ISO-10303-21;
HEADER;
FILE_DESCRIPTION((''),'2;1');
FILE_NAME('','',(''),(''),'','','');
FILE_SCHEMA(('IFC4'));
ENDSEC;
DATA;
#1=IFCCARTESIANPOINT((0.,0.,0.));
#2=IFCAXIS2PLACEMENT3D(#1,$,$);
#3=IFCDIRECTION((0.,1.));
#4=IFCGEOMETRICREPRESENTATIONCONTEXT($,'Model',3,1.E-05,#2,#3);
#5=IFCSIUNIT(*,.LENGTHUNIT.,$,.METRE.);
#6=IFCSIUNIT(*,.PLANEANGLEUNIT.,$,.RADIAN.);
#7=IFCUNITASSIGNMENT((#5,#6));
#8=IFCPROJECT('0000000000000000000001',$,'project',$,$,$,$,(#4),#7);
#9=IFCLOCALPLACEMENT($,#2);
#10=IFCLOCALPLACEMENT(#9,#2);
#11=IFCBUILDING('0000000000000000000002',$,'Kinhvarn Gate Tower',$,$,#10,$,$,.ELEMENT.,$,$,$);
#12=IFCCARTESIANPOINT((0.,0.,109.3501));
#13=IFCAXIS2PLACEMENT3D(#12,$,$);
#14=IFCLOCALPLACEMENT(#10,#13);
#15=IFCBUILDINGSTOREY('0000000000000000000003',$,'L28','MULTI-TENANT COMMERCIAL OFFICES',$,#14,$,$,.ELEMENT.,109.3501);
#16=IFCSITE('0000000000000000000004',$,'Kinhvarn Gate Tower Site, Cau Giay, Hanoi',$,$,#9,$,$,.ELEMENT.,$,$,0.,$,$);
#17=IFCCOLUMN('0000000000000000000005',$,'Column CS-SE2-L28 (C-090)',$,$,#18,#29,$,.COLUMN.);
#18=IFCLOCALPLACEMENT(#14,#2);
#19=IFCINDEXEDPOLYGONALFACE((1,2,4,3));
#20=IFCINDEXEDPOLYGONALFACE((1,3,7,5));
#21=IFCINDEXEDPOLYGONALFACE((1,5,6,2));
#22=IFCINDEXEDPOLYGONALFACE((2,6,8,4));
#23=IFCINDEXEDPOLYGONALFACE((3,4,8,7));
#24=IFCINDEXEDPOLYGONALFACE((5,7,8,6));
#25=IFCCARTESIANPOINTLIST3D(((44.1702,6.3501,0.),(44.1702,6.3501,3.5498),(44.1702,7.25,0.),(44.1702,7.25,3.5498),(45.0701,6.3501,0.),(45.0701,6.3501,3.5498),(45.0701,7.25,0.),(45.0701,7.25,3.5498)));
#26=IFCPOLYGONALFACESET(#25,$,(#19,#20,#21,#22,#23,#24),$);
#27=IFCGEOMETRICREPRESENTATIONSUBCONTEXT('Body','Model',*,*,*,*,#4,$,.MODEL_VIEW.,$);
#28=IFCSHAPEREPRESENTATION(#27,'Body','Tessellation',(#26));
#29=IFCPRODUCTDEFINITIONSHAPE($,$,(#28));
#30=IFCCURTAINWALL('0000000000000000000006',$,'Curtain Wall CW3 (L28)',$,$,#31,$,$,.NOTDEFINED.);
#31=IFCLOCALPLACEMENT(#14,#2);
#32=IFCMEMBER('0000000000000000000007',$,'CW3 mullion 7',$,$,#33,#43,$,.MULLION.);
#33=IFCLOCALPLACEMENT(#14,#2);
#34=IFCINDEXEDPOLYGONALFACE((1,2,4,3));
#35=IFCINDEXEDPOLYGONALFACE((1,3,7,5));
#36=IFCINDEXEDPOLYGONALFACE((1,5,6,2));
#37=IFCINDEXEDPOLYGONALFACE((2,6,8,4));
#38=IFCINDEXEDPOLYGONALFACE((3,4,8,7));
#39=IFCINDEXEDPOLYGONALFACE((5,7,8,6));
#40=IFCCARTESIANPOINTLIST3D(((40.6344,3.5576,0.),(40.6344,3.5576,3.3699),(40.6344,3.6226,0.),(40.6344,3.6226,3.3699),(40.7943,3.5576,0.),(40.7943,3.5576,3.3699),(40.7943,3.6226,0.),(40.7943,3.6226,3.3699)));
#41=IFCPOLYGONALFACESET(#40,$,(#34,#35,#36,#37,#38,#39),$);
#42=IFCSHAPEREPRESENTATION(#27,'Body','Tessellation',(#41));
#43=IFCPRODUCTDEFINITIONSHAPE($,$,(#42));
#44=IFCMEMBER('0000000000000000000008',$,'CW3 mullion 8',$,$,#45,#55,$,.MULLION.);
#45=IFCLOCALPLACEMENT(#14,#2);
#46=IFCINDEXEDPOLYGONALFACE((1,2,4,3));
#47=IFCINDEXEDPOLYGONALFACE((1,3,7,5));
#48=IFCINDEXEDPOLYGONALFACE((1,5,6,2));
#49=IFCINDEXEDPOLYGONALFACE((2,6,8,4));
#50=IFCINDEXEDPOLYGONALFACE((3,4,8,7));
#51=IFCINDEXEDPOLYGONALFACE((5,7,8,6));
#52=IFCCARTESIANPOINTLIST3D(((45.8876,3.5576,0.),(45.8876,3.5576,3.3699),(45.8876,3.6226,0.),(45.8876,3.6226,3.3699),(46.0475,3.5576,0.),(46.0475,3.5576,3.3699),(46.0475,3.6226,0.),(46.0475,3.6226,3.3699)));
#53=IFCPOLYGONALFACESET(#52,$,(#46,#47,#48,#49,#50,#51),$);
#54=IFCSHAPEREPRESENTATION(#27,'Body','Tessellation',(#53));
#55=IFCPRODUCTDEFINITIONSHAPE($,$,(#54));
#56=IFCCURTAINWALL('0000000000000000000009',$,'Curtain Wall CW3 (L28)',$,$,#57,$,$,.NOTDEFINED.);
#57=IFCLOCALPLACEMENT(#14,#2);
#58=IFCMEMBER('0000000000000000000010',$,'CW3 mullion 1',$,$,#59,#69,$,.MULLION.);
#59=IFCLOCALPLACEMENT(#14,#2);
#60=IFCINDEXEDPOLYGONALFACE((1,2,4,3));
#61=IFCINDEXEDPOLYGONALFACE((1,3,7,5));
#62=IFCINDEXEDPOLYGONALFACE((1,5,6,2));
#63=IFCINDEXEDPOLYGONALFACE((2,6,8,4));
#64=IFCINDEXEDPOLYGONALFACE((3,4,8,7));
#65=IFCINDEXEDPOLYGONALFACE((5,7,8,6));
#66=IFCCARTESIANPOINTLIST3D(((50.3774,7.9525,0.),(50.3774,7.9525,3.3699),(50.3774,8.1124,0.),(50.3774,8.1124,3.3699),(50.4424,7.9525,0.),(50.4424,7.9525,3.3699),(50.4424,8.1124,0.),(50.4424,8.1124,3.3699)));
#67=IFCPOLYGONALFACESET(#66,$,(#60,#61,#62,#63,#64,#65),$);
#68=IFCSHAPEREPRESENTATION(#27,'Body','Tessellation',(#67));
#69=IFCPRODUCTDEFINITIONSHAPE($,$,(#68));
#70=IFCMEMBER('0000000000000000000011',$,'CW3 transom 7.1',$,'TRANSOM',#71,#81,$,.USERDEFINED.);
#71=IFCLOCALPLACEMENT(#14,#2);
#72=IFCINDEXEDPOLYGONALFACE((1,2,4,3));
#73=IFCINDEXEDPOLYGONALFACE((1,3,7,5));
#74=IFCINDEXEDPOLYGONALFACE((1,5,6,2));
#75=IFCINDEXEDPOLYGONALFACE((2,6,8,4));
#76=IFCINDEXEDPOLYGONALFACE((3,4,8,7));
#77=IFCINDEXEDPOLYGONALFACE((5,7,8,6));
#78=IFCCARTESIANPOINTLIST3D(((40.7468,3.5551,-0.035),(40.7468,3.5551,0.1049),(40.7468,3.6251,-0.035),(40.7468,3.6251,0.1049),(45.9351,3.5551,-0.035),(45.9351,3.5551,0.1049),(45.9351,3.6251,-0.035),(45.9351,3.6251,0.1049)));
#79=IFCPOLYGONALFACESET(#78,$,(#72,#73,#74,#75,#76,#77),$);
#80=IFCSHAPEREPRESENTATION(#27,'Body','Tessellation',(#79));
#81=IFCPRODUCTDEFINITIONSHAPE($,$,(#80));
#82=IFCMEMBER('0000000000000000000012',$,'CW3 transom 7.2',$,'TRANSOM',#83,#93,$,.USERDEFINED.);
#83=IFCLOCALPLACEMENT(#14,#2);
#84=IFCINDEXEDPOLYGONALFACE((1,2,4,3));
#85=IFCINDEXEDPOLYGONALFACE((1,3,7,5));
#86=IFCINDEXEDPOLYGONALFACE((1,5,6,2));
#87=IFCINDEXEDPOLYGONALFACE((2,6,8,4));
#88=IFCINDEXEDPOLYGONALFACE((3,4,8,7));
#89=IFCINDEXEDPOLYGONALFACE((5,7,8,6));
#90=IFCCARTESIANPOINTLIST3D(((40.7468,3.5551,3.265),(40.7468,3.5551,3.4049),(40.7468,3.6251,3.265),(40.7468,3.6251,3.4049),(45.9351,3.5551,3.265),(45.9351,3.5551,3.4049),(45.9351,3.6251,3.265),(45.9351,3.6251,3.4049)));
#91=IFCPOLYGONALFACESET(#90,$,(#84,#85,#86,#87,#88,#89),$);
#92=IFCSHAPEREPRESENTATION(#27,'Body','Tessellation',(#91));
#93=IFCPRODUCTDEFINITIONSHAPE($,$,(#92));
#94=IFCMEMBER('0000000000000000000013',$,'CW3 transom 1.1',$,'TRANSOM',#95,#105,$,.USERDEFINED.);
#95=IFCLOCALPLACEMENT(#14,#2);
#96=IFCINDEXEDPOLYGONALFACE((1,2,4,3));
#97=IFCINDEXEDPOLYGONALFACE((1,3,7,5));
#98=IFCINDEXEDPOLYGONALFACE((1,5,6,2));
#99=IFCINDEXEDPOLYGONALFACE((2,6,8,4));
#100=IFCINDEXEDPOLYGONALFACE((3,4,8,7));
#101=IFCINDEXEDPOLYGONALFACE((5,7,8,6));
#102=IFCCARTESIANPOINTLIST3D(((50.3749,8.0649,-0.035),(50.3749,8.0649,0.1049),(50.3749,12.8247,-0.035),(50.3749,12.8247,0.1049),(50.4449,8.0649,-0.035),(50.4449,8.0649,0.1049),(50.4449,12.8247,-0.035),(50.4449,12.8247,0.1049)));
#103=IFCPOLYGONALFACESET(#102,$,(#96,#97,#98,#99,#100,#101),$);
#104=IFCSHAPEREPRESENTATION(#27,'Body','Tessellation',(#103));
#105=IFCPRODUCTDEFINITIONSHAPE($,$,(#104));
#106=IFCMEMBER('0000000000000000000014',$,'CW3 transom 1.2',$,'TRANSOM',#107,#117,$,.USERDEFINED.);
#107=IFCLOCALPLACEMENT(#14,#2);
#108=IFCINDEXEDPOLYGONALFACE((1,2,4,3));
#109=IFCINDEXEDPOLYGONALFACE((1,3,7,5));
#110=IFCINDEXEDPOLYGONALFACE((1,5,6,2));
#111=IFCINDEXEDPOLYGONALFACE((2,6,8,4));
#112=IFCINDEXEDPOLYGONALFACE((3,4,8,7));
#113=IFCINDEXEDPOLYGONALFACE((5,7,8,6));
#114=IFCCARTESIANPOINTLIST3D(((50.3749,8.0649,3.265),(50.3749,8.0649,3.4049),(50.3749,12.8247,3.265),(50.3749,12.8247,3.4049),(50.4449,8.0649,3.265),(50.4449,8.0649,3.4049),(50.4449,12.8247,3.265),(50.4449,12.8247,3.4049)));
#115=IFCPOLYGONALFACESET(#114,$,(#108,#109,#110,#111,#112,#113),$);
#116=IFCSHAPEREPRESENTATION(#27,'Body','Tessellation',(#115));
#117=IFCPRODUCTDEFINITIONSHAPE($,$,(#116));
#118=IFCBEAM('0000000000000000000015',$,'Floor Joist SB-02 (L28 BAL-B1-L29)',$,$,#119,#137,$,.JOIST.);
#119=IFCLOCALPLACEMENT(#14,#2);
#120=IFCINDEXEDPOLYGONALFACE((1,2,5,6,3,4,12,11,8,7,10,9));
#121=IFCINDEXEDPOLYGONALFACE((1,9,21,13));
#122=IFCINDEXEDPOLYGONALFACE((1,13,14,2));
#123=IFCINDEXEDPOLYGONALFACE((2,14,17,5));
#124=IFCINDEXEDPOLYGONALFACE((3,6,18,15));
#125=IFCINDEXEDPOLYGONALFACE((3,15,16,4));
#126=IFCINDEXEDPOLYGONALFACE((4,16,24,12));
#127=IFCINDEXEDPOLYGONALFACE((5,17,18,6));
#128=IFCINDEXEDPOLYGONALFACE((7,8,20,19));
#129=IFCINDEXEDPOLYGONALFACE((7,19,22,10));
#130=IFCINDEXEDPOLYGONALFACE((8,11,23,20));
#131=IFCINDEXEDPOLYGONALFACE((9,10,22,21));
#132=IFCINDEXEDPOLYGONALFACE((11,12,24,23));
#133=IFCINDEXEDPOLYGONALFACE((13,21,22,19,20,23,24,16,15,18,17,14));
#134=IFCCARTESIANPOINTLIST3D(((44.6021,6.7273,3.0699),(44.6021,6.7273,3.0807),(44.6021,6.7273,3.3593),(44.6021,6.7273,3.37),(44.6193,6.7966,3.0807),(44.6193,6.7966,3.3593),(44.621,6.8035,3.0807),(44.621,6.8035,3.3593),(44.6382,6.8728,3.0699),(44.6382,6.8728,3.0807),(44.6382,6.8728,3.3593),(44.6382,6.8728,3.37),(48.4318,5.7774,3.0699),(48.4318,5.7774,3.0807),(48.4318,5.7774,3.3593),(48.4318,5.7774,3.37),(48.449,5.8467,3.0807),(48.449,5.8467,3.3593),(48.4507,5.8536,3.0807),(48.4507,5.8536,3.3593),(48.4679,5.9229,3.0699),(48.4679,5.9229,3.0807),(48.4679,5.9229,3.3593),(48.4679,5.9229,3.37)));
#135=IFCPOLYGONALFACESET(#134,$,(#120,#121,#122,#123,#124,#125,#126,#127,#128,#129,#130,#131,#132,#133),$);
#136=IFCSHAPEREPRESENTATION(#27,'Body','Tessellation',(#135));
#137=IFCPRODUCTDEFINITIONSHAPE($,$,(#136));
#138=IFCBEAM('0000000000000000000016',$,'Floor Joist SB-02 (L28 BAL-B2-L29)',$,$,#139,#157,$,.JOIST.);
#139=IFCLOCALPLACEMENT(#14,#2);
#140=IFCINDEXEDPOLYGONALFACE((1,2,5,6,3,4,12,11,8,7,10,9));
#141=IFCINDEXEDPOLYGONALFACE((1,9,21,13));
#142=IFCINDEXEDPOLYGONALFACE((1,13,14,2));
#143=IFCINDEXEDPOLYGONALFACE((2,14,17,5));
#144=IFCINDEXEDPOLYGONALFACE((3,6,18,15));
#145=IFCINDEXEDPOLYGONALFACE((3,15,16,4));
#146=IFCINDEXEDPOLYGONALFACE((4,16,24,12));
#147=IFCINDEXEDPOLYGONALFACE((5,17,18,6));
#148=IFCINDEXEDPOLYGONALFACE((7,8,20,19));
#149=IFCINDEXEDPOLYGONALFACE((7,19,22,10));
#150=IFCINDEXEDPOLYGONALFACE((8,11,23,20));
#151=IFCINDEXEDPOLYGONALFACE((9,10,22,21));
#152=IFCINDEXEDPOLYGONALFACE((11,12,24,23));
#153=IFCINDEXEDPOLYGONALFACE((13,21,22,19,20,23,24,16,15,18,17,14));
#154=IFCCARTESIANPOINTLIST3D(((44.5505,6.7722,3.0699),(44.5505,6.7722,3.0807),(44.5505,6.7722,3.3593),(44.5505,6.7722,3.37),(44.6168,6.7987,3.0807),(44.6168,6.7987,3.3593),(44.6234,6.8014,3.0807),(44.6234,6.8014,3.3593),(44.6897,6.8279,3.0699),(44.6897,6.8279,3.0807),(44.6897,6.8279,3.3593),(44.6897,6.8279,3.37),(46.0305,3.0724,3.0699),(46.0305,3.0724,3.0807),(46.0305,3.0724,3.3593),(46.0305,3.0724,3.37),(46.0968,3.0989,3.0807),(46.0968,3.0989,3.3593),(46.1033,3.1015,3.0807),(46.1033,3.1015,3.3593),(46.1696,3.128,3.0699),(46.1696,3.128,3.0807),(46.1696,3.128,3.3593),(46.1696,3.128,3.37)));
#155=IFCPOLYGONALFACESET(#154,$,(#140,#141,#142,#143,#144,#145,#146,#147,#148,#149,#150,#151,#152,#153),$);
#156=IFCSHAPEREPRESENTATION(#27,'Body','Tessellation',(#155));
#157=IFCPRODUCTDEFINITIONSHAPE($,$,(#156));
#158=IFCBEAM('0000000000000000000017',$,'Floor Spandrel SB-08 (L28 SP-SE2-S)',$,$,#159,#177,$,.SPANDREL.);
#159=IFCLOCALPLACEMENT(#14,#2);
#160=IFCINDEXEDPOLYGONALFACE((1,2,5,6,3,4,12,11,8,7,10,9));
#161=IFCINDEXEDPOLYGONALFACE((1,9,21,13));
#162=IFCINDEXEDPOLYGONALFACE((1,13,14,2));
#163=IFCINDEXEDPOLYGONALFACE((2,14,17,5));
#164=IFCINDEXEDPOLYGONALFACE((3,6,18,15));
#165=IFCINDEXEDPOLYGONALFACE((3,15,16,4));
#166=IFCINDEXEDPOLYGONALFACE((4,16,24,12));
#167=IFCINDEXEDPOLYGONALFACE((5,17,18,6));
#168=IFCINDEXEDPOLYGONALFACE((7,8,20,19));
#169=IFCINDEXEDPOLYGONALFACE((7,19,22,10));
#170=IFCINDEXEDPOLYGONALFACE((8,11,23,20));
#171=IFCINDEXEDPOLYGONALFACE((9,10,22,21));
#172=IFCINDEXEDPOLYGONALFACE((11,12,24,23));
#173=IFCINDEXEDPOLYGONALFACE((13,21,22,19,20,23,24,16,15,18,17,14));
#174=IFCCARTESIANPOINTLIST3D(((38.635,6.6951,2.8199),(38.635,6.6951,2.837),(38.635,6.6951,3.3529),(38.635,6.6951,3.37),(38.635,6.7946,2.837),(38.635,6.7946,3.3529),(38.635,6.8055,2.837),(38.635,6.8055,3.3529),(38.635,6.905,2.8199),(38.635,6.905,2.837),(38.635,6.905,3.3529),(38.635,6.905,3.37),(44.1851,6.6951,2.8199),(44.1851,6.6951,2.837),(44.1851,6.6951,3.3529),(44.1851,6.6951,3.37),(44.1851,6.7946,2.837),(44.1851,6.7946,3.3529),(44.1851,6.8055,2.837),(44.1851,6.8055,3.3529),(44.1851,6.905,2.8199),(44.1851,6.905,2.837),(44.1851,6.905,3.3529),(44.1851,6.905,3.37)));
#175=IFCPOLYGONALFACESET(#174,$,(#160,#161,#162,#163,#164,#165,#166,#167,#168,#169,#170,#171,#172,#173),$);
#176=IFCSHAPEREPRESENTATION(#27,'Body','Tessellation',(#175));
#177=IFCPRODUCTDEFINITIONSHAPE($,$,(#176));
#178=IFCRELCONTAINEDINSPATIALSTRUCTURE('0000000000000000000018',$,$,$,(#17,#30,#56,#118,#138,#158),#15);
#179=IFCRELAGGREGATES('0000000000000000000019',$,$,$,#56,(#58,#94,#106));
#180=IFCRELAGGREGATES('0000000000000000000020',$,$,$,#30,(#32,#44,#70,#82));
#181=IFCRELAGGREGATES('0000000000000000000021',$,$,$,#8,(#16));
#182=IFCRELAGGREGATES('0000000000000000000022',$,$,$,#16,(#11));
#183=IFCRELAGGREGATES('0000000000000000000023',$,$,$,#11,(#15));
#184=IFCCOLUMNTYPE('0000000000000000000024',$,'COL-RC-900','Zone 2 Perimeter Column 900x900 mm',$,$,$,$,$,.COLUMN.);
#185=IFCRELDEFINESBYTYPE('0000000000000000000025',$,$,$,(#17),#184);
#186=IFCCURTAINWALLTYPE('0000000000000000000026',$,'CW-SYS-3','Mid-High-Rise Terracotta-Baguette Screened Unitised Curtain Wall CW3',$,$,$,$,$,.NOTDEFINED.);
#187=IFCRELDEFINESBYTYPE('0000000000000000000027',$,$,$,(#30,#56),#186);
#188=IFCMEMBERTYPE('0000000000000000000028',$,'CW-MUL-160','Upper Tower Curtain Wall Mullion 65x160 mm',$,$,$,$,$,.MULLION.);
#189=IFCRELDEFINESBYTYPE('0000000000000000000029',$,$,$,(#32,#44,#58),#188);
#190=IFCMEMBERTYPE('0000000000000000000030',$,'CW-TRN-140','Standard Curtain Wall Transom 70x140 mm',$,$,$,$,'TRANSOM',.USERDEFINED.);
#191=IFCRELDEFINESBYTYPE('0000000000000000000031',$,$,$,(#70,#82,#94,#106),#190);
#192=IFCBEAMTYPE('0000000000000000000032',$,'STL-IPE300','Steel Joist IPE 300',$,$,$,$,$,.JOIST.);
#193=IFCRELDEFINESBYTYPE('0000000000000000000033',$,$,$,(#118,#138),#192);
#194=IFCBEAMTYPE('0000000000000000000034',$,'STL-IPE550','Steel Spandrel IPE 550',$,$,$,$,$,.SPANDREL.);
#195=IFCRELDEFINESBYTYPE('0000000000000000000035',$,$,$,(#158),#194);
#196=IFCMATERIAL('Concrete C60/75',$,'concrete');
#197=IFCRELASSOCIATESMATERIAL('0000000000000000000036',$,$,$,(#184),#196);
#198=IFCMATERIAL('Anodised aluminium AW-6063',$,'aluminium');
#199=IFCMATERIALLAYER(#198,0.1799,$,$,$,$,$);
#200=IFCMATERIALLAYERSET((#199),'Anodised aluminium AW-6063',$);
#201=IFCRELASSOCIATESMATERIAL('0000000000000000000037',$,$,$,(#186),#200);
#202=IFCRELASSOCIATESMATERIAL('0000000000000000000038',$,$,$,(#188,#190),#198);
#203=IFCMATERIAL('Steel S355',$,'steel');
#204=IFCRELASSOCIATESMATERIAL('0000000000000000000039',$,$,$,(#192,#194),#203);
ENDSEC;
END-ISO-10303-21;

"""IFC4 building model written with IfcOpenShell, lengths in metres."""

from ifc_helpers import new_model, si_unit, direction, frame, origin, origin_2d, place, context, subcontext, project, spatial, rectangle, i_section, extrude, material, layer, layer_set, material_profile, profile_set, type_object, element, aggregate, save


model = new_model("IFC4")

# Units and contexts
model_context = context("Model", 3, precision=1e-05, world=origin(), true_north=direction((0.0, 1.0)))
body_context = subcontext(model_context, "Body", "Model", "MODEL_VIEW")
ifc_project = project(units=[si_unit("LENGTHUNIT", "METRE"), si_unit("PLANEANGLEUNIT", "RADIAN")], contexts=[model_context])

# Site, building, storey
site_placement = place(None, origin())
site = spatial("IfcSite", under=ifc_project, at=site_placement, Name="Kinhvarn Gate Tower Site, Cau Giay, Hanoi", CompositionType="ELEMENT", RefElevation=0.0)
building_placement = place(site_placement, origin())
building = spatial("IfcBuilding", under=site, at=building_placement, Name="Kinhvarn Gate Tower", CompositionType="ELEMENT")
storey_placement = place(building_placement, frame((0.0, 0.0, 109.3501)))
storey = spatial("IfcBuildingStorey", under=building, at=storey_placement, Name="L28", Description="MULTI-TENANT COMMERCIAL OFFICES", CompositionType="ELEMENT", Elevation=109.3501)

# Column
ifc_material_1 = material(Name="Concrete C60/75", Category="concrete")
ifc_material_profile_1 = material_profile(ifc_material_1, rectangle(XDim=0.8999, YDim=0.8999, at=origin_2d()), Name="RC 900x900")
ifc_profile_set_1 = profile_set([ifc_material_profile_1], Name="Concrete C60/75")
column_type = type_object("IfcColumnType", Name="COL-RC-900", Description="Zone 2 Perimeter Column 900x900 mm", PredefinedType="COLUMN", material=ifc_profile_set_1)
column_placement = place(storey_placement, frame((44.6201, 6.8, 0.0), z_axis=(0.0, 0.0, 1.0), x_axis=(1.0, 0.0, 0.0)))
element("IfcColumn", 1, at=column_placement, inside=storey, type_object=column_type, Name="Column CS-SE2-L28 (C-090)", PredefinedType="COLUMN", context=body_context, shape_type="SweptSolid", body=[
    extrude(rectangle(XDim=0.8999, YDim=0.8999, at=origin_2d()), origin(), (0.0, 0.0, 1.0), 3.5498),
])

# Curtain wall, members
ifc_material_2 = material(Name="Anodised aluminium AW-6063", Category="aluminium")
ifc_layer_1 = layer(ifc_material_2, 0.1799)
ifc_layer_set_1 = layer_set([ifc_layer_1], Name="Anodised aluminium AW-6063")
curtain_wall_type = type_object("IfcCurtainWallType", Name="CW-SYS-3", Description="Mid-High-Rise Terracotta-Baguette Screened Unitised Curtain Wall CW3", PredefinedType="NOTDEFINED", material=ifc_layer_set_1)
curtain_wall_1_placement = place(storey_placement, origin())
curtain_wall_1 = element("IfcCurtainWall", 2, at=curtain_wall_1_placement, inside=storey, type_object=curtain_wall_type, Name="Curtain Wall CW3 (L28)", PredefinedType="NOTDEFINED")
ifc_material_profile_2 = material_profile(ifc_material_2, rectangle(XDim=0.0649, YDim=0.1599, at=origin_2d()), Name="ALU 65x160")
ifc_profile_set_2 = profile_set([ifc_material_profile_2], Name="Anodised aluminium AW-6063")
member_type_1 = type_object("IfcMemberType", Name="CW-MUL-160", Description="Upper Tower Curtain Wall Mullion 65x160 mm", PredefinedType="MULLION", material=ifc_profile_set_2)
member_1_placement = place(storey_placement, frame((40.7144, 3.5901, 0.0), z_axis=(0.0, 0.0, 1.0), x_axis=(0.0, 1.0, 0.0)))
member_1 = element("IfcMember", 3, at=member_1_placement, type_object=member_type_1, Name="CW3 mullion 7", PredefinedType="MULLION", context=body_context, shape_type="SweptSolid", body=[
    extrude(rectangle(XDim=0.0649, YDim=0.1599, at=origin_2d()), origin(), (0.0, 0.0, 1.0), 3.3699),
])
member_2_placement = place(storey_placement, frame((45.9675, 3.5901, 0.0), z_axis=(0.0, 0.0, 1.0), x_axis=(0.0, 1.0, 0.0)))
member_2 = element("IfcMember", 4, at=member_2_placement, type_object=member_type_1, Name="CW3 mullion 8", PredefinedType="MULLION", context=body_context, shape_type="SweptSolid", body=[
    extrude(rectangle(XDim=0.0649, YDim=0.1599, at=origin_2d()), origin(), (0.0, 0.0, 1.0), 3.3699),
])

# Curtain wall, member
curtain_wall_2_placement = place(storey_placement, origin())
curtain_wall_2 = element("IfcCurtainWall", 5, at=curtain_wall_2_placement, inside=storey, type_object=curtain_wall_type, Name="Curtain Wall CW3 (L28)", PredefinedType="NOTDEFINED")
member_3_placement = place(storey_placement, frame((50.4099, 8.0325, 0.0), z_axis=(0.0, 0.0, 1.0), x_axis=(-1.0, 0.0, 0.0)))
member_3 = element("IfcMember", 6, at=member_3_placement, type_object=member_type_1, Name="CW3 mullion 1", PredefinedType="MULLION", context=body_context, shape_type="SweptSolid", body=[
    extrude(rectangle(XDim=0.0649, YDim=0.1599, at=origin_2d()), origin(), (0.0, 0.0, 1.0), 3.3699),
])

# Members
ifc_material_profile_3 = material_profile(ifc_material_2, rectangle(XDim=0.0701, YDim=0.1399, at=origin_2d()), Name="ALU 70x140")
ifc_profile_set_3 = profile_set([ifc_material_profile_3], Name="Anodised aluminium AW-6063")
member_type_2 = type_object("IfcMemberType", Name="CW-TRN-140", Description="Standard Curtain Wall Transom 70x140 mm", ElementType="TRANSOM", PredefinedType="USERDEFINED", material=ifc_profile_set_3)
member_4_placement = place(storey_placement, frame((40.7468, 3.5901, 0.0349), z_axis=(1.0, 0.0, 0.0), x_axis=(0.0, 1.0, 0.0)))
member_4 = element("IfcMember", 7, at=member_4_placement, type_object=member_type_2, Name="CW3 transom 7.1", ObjectType="TRANSOM", PredefinedType="USERDEFINED", context=body_context, shape_type="SweptSolid", body=[
    extrude(rectangle(XDim=0.0701, YDim=0.1399, at=origin_2d()), origin(), (0.0, 0.0, 1.0), 5.1882),
])
member_5_placement = place(storey_placement, frame((40.7468, 3.5901, 3.335), z_axis=(1.0, 0.0, 0.0), x_axis=(0.0, 1.0, 0.0)))
member_5 = element("IfcMember", 8, at=member_5_placement, type_object=member_type_2, Name="CW3 transom 7.2", ObjectType="TRANSOM", PredefinedType="USERDEFINED", context=body_context, shape_type="SweptSolid", body=[
    extrude(rectangle(XDim=0.0701, YDim=0.1399, at=origin_2d()), origin(), (0.0, 0.0, 1.0), 5.1882),
])
member_6_placement = place(storey_placement, frame((50.4099, 8.0649, 0.0349), z_axis=(0.0, 1.0, 0.0), x_axis=(-1.0, 0.0, 0.0)))
member_6 = element("IfcMember", 9, at=member_6_placement, type_object=member_type_2, Name="CW3 transom 1.1", ObjectType="TRANSOM", PredefinedType="USERDEFINED", context=body_context, shape_type="SweptSolid", body=[
    extrude(rectangle(XDim=0.0701, YDim=0.1399, at=origin_2d()), origin(), (0.0, 0.0, 1.0), 4.7598),
])
member_7_placement = place(storey_placement, frame((50.4099, 8.0649, 3.335), z_axis=(0.0, 1.0, 0.0), x_axis=(-1.0, 0.0, 0.0)))
member_7 = element("IfcMember", 10, at=member_7_placement, type_object=member_type_2, Name="CW3 transom 1.2", ObjectType="TRANSOM", PredefinedType="USERDEFINED", context=body_context, shape_type="SweptSolid", body=[
    extrude(rectangle(XDim=0.0701, YDim=0.1399, at=origin_2d()), origin(), (0.0, 0.0, 1.0), 4.7598),
])
aggregate(curtain_wall_2, [member_3, member_6, member_7])

# Beams
ifc_material_3 = material(Name="Steel S355", Category="steel")
ifc_material_profile_4 = material_profile(ifc_material_3, i_section(OverallWidth=0.1499, OverallDepth=0.3, WebThickness=0.0071, FlangeThickness=0.0107, at=origin_2d()), Name="IPE 300")
ifc_profile_set_4 = profile_set([ifc_material_profile_4], Name="Steel S355")
beam_type_1 = type_object("IfcBeamType", Name="STL-IPE300", Description="Steel Joist IPE 300", PredefinedType="JOIST", material=ifc_profile_set_4)
beam_1_placement = place(storey_placement, frame((44.6201, 6.8, 3.22), z_axis=(0.970589, -0.240745, 0.0), x_axis=(0.240745, 0.970589, 0.0)))
element("IfcBeam", 11, at=beam_1_placement, inside=storey, type_object=beam_type_1, Name="Floor Joist SB-02 (L28 BAL-B1-L29)", PredefinedType="JOIST", context=body_context, shape_type="SweptSolid", body=[
    extrude(i_section(OverallWidth=0.1499, OverallDepth=0.3, WebThickness=0.0071, FlangeThickness=0.0107, at=origin_2d()), origin(), (0.0, 0.0, 1.0), 3.9458),
])
beam_2_placement = place(storey_placement, frame((44.6201, 6.8, 3.22), z_axis=(0.371391, -0.928477, 0.0), x_axis=(0.928477, 0.371391, 0.0)))
element("IfcBeam", 12, at=beam_2_placement, inside=storey, type_object=beam_type_1, Name="Floor Joist SB-02 (L28 BAL-B2-L29)", PredefinedType="JOIST", context=body_context, shape_type="SweptSolid", body=[
    extrude(i_section(OverallWidth=0.1499, OverallDepth=0.3, WebThickness=0.0071, FlangeThickness=0.0107, at=origin_2d()), origin(), (0.0, 0.0, 1.0), 3.9849),
])
ifc_material_profile_5 = material_profile(ifc_material_3, i_section(OverallWidth=0.21, OverallDepth=0.55, WebThickness=0.011, FlangeThickness=0.0171, at=origin_2d()), Name="IPE 550")
ifc_profile_set_5 = profile_set([ifc_material_profile_5], Name="Steel S355")
beam_type_2 = type_object("IfcBeamType", Name="STL-IPE550", Description="Steel Spandrel IPE 550", PredefinedType="SPANDREL", material=ifc_profile_set_5)
beam_3_placement = place(storey_placement, frame((38.635, 6.8, 3.095), z_axis=(1.0, 0.0, 0.0), x_axis=(0.0, 1.0, 0.0)))
element("IfcBeam", 13, at=beam_3_placement, inside=storey, type_object=beam_type_2, Name="Floor Spandrel SB-08 (L28 SP-SE2-S)", PredefinedType="SPANDREL", context=body_context, shape_type="SweptSolid", body=[
    extrude(i_section(OverallWidth=0.21, OverallDepth=0.55, WebThickness=0.011, FlangeThickness=0.0171, at=origin_2d()), origin(), (0.0, 0.0, 1.0), 5.55),
])

aggregate(curtain_wall_1, [member_1, member_2, member_4, member_5])

save(model, "model.ifc")
